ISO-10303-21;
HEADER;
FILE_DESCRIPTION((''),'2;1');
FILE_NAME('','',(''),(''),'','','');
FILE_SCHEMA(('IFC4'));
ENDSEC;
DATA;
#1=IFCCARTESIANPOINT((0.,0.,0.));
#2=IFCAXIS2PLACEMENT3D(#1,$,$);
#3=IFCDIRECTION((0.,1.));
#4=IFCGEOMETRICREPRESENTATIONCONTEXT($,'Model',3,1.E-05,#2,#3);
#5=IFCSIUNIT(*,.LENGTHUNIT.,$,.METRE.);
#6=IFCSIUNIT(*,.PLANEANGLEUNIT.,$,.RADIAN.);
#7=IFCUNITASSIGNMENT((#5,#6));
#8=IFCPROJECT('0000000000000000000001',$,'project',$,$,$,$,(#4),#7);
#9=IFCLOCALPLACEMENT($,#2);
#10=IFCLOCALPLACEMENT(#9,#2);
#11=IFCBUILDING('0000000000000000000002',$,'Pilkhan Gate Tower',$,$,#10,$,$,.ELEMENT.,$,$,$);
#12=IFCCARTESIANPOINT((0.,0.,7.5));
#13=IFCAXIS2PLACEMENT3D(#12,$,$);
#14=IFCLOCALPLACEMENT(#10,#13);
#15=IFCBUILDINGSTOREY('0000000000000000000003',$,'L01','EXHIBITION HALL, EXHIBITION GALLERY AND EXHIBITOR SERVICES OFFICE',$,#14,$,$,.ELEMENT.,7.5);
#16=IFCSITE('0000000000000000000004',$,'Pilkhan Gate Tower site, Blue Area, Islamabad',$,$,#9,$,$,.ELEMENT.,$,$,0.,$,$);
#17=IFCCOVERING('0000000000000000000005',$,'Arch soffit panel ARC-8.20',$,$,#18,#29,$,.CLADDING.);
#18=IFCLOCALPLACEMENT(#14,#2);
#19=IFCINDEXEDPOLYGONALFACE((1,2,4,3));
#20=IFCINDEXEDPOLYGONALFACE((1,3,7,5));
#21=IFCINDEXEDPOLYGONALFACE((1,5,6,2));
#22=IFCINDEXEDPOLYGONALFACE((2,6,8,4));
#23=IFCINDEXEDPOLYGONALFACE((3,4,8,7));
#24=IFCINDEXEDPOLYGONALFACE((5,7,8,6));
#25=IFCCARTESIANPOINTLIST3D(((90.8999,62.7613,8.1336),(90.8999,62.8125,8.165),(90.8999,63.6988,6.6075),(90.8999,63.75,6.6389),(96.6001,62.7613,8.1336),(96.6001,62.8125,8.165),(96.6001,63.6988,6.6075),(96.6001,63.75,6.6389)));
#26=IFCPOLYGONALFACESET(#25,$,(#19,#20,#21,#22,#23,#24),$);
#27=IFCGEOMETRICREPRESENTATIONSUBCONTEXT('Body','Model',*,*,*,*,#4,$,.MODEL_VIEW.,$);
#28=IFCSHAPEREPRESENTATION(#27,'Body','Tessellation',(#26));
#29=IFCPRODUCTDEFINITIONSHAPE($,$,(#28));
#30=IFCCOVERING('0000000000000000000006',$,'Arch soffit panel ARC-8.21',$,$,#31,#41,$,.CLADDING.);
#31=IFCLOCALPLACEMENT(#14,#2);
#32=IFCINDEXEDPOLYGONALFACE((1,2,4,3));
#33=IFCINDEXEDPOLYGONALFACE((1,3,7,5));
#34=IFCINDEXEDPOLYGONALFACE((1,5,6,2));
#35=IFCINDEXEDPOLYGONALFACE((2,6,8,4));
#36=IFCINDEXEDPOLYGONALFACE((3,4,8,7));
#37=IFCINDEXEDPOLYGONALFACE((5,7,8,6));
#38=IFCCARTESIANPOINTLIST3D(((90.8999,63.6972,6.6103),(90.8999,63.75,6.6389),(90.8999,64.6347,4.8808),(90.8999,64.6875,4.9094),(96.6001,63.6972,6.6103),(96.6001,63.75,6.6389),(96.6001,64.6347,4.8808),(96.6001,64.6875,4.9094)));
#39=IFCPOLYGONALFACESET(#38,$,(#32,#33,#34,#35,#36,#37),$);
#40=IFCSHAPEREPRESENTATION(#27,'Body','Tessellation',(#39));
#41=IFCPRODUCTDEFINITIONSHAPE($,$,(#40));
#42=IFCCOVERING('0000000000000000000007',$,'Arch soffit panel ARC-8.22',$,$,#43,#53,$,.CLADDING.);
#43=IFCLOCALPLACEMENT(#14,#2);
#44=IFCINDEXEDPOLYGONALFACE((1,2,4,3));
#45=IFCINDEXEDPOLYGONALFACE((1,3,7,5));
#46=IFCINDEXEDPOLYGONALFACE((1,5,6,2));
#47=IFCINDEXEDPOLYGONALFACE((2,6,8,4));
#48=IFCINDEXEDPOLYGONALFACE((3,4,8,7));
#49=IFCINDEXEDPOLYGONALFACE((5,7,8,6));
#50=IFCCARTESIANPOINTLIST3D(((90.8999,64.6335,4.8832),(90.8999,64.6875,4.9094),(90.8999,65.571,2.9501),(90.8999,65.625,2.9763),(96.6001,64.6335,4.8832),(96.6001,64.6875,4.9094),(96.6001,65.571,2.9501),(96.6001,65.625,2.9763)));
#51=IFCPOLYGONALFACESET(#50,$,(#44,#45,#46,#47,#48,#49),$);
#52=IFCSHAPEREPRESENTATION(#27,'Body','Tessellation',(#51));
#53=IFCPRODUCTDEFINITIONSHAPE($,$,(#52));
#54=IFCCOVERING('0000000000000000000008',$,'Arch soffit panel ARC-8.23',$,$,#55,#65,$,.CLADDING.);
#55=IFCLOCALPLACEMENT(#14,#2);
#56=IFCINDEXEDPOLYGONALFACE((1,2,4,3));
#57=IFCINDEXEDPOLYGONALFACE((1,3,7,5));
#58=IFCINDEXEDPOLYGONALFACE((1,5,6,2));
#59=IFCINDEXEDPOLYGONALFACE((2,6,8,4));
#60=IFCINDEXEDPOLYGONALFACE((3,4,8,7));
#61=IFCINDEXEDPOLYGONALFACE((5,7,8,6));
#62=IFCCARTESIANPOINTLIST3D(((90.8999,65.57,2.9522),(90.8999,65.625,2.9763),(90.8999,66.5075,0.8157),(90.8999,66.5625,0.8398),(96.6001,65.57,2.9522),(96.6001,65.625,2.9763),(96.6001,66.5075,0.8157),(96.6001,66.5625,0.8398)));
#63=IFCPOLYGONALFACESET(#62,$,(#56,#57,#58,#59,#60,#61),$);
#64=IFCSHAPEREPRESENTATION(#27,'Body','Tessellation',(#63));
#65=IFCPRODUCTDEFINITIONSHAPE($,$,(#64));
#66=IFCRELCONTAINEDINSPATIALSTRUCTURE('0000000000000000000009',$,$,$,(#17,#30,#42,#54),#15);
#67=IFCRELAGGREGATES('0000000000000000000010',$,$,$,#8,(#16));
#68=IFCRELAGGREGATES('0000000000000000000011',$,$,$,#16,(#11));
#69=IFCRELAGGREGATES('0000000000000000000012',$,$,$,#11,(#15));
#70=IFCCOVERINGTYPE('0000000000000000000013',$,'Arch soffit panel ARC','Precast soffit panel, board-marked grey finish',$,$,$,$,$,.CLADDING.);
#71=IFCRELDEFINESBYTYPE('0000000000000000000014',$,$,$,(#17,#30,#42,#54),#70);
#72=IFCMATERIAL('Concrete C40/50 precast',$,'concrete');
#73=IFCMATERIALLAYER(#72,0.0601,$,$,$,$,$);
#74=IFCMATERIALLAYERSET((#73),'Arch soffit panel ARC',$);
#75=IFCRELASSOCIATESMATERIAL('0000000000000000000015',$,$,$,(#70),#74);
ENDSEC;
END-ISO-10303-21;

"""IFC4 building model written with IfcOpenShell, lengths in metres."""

from ifc_helpers import new_model, si_unit, direction, frame, origin, place, context, subcontext, project, spatial, polyline, outline, extrude, material, layer, layer_set, type_object, element, save


model = new_model("IFC4")

# Units and contexts
model_context = context("Model", 3, precision=1e-05, world=origin(), true_north=direction((0.0, 1.0)))
body_context = subcontext(model_context, "Body", "Model", "MODEL_VIEW")
ifc_project = project(units=[si_unit("LENGTHUNIT", "METRE"), si_unit("PLANEANGLEUNIT", "RADIAN")], contexts=[model_context])

# Site, building, storey
site_placement = place(None, origin())
site = spatial("IfcSite", under=ifc_project, at=site_placement, Name="Pilkhan Gate Tower site, Blue Area, Islamabad", CompositionType="ELEMENT", RefElevation=0.0)
building_placement = place(site_placement, origin())
building = spatial("IfcBuilding", under=site, at=building_placement, Name="Pilkhan Gate Tower", CompositionType="ELEMENT")
storey_placement = place(building_placement, frame((0.0, 0.0, 7.5)))
storey = spatial("IfcBuildingStorey", under=building, at=storey_placement, Name="L01", Description="EXHIBITION HALL, EXHIBITION GALLERY AND EXHIBITOR SERVICES OFFICE", CompositionType="ELEMENT", Elevation=7.5)

# Coverings
ifc_material_1 = material(Name="Concrete C40/50 precast", Category="concrete")
ifc_layer_1 = layer(ifc_material_1, 0.0601)
ifc_layer_set_1 = layer_set([ifc_layer_1], Name="Arch soffit panel ARC")
covering_type = type_object("IfcCoveringType", Name="Arch soffit panel ARC", Description="Precast soffit panel, board-marked grey finish", PredefinedType="CLADDING", material=ifc_layer_set_1)
covering_1_placement = place(storey_placement, frame((90.8999, 62.8125, 8.165), z_axis=(0.0, 0.85207, 0.523428), x_axis=(1.0, 0.0, 0.0)))
element("IfcCovering", 1, at=covering_1_placement, inside=storey, type_object=covering_type, Name="Arch soffit panel ARC-8.20", PredefinedType="CLADDING", context=body_context, shape_type="SweptSolid", body=[
    extrude(outline(polyline([(0.0, 0.0), (5.7002, 0.0), (5.7002, 1.7911), (0.0, 1.7911), (0.0, 0.0)])), origin(), (0.0, 0.0, -1.0), 0.0601),
])
covering_2_placement = place(storey_placement, frame((90.8999, 63.75, 6.6389), z_axis=(0.0, 0.879145, 0.476555), x_axis=(1.0, 0.0, 0.0)))
element("IfcCovering", 2, at=covering_2_placement, inside=storey, type_object=covering_type, Name="Arch soffit panel ARC-8.21", PredefinedType="CLADDING", context=body_context, shape_type="SweptSolid", body=[
    extrude(outline(polyline([(0.0, 0.0), (5.7002, 0.0), (5.7002, 1.9672), (0.0, 1.9672), (0.0, 0.0)])), origin(), (0.0, 0.0, -1.0), 0.0601),
])
covering_3_placement = place(storey_placement, frame((90.8999, 64.6875, 4.9094), z_axis=(0.0, 0.899771, 0.436363), x_axis=(1.0, 0.0, 0.0)))
element("IfcCovering", 3, at=covering_3_placement, inside=storey, type_object=covering_type, Name="Arch soffit panel ARC-8.22", PredefinedType="CLADDING", context=body_context, shape_type="SweptSolid", body=[
    extrude(outline(polyline([(0.0, 0.0), (5.7002, 0.0), (5.7002, 2.1484), (0.0, 2.1484), (0.0, 0.0)])), origin(), (0.0, 0.0, -1.0), 0.0601),
])
covering_4_placement = place(storey_placement, frame((90.8999, 65.625, 2.9763), z_axis=(0.0, 0.915717, 0.401823), x_axis=(1.0, 0.0, 0.0)))
element("IfcCovering", 4, at=covering_4_placement, inside=storey, type_object=covering_type, Name="Arch soffit panel ARC-8.23", PredefinedType="CLADDING", context=body_context, shape_type="SweptSolid", body=[
    extrude(outline(polyline([(0.0, 0.0), (5.7002, 0.0), (5.7002, 2.3331), (0.0, 2.3331), (0.0, 0.0)])), origin(), (0.0, 0.0, -1.0), 0.0601),
])

save(model, "model.ifc")
